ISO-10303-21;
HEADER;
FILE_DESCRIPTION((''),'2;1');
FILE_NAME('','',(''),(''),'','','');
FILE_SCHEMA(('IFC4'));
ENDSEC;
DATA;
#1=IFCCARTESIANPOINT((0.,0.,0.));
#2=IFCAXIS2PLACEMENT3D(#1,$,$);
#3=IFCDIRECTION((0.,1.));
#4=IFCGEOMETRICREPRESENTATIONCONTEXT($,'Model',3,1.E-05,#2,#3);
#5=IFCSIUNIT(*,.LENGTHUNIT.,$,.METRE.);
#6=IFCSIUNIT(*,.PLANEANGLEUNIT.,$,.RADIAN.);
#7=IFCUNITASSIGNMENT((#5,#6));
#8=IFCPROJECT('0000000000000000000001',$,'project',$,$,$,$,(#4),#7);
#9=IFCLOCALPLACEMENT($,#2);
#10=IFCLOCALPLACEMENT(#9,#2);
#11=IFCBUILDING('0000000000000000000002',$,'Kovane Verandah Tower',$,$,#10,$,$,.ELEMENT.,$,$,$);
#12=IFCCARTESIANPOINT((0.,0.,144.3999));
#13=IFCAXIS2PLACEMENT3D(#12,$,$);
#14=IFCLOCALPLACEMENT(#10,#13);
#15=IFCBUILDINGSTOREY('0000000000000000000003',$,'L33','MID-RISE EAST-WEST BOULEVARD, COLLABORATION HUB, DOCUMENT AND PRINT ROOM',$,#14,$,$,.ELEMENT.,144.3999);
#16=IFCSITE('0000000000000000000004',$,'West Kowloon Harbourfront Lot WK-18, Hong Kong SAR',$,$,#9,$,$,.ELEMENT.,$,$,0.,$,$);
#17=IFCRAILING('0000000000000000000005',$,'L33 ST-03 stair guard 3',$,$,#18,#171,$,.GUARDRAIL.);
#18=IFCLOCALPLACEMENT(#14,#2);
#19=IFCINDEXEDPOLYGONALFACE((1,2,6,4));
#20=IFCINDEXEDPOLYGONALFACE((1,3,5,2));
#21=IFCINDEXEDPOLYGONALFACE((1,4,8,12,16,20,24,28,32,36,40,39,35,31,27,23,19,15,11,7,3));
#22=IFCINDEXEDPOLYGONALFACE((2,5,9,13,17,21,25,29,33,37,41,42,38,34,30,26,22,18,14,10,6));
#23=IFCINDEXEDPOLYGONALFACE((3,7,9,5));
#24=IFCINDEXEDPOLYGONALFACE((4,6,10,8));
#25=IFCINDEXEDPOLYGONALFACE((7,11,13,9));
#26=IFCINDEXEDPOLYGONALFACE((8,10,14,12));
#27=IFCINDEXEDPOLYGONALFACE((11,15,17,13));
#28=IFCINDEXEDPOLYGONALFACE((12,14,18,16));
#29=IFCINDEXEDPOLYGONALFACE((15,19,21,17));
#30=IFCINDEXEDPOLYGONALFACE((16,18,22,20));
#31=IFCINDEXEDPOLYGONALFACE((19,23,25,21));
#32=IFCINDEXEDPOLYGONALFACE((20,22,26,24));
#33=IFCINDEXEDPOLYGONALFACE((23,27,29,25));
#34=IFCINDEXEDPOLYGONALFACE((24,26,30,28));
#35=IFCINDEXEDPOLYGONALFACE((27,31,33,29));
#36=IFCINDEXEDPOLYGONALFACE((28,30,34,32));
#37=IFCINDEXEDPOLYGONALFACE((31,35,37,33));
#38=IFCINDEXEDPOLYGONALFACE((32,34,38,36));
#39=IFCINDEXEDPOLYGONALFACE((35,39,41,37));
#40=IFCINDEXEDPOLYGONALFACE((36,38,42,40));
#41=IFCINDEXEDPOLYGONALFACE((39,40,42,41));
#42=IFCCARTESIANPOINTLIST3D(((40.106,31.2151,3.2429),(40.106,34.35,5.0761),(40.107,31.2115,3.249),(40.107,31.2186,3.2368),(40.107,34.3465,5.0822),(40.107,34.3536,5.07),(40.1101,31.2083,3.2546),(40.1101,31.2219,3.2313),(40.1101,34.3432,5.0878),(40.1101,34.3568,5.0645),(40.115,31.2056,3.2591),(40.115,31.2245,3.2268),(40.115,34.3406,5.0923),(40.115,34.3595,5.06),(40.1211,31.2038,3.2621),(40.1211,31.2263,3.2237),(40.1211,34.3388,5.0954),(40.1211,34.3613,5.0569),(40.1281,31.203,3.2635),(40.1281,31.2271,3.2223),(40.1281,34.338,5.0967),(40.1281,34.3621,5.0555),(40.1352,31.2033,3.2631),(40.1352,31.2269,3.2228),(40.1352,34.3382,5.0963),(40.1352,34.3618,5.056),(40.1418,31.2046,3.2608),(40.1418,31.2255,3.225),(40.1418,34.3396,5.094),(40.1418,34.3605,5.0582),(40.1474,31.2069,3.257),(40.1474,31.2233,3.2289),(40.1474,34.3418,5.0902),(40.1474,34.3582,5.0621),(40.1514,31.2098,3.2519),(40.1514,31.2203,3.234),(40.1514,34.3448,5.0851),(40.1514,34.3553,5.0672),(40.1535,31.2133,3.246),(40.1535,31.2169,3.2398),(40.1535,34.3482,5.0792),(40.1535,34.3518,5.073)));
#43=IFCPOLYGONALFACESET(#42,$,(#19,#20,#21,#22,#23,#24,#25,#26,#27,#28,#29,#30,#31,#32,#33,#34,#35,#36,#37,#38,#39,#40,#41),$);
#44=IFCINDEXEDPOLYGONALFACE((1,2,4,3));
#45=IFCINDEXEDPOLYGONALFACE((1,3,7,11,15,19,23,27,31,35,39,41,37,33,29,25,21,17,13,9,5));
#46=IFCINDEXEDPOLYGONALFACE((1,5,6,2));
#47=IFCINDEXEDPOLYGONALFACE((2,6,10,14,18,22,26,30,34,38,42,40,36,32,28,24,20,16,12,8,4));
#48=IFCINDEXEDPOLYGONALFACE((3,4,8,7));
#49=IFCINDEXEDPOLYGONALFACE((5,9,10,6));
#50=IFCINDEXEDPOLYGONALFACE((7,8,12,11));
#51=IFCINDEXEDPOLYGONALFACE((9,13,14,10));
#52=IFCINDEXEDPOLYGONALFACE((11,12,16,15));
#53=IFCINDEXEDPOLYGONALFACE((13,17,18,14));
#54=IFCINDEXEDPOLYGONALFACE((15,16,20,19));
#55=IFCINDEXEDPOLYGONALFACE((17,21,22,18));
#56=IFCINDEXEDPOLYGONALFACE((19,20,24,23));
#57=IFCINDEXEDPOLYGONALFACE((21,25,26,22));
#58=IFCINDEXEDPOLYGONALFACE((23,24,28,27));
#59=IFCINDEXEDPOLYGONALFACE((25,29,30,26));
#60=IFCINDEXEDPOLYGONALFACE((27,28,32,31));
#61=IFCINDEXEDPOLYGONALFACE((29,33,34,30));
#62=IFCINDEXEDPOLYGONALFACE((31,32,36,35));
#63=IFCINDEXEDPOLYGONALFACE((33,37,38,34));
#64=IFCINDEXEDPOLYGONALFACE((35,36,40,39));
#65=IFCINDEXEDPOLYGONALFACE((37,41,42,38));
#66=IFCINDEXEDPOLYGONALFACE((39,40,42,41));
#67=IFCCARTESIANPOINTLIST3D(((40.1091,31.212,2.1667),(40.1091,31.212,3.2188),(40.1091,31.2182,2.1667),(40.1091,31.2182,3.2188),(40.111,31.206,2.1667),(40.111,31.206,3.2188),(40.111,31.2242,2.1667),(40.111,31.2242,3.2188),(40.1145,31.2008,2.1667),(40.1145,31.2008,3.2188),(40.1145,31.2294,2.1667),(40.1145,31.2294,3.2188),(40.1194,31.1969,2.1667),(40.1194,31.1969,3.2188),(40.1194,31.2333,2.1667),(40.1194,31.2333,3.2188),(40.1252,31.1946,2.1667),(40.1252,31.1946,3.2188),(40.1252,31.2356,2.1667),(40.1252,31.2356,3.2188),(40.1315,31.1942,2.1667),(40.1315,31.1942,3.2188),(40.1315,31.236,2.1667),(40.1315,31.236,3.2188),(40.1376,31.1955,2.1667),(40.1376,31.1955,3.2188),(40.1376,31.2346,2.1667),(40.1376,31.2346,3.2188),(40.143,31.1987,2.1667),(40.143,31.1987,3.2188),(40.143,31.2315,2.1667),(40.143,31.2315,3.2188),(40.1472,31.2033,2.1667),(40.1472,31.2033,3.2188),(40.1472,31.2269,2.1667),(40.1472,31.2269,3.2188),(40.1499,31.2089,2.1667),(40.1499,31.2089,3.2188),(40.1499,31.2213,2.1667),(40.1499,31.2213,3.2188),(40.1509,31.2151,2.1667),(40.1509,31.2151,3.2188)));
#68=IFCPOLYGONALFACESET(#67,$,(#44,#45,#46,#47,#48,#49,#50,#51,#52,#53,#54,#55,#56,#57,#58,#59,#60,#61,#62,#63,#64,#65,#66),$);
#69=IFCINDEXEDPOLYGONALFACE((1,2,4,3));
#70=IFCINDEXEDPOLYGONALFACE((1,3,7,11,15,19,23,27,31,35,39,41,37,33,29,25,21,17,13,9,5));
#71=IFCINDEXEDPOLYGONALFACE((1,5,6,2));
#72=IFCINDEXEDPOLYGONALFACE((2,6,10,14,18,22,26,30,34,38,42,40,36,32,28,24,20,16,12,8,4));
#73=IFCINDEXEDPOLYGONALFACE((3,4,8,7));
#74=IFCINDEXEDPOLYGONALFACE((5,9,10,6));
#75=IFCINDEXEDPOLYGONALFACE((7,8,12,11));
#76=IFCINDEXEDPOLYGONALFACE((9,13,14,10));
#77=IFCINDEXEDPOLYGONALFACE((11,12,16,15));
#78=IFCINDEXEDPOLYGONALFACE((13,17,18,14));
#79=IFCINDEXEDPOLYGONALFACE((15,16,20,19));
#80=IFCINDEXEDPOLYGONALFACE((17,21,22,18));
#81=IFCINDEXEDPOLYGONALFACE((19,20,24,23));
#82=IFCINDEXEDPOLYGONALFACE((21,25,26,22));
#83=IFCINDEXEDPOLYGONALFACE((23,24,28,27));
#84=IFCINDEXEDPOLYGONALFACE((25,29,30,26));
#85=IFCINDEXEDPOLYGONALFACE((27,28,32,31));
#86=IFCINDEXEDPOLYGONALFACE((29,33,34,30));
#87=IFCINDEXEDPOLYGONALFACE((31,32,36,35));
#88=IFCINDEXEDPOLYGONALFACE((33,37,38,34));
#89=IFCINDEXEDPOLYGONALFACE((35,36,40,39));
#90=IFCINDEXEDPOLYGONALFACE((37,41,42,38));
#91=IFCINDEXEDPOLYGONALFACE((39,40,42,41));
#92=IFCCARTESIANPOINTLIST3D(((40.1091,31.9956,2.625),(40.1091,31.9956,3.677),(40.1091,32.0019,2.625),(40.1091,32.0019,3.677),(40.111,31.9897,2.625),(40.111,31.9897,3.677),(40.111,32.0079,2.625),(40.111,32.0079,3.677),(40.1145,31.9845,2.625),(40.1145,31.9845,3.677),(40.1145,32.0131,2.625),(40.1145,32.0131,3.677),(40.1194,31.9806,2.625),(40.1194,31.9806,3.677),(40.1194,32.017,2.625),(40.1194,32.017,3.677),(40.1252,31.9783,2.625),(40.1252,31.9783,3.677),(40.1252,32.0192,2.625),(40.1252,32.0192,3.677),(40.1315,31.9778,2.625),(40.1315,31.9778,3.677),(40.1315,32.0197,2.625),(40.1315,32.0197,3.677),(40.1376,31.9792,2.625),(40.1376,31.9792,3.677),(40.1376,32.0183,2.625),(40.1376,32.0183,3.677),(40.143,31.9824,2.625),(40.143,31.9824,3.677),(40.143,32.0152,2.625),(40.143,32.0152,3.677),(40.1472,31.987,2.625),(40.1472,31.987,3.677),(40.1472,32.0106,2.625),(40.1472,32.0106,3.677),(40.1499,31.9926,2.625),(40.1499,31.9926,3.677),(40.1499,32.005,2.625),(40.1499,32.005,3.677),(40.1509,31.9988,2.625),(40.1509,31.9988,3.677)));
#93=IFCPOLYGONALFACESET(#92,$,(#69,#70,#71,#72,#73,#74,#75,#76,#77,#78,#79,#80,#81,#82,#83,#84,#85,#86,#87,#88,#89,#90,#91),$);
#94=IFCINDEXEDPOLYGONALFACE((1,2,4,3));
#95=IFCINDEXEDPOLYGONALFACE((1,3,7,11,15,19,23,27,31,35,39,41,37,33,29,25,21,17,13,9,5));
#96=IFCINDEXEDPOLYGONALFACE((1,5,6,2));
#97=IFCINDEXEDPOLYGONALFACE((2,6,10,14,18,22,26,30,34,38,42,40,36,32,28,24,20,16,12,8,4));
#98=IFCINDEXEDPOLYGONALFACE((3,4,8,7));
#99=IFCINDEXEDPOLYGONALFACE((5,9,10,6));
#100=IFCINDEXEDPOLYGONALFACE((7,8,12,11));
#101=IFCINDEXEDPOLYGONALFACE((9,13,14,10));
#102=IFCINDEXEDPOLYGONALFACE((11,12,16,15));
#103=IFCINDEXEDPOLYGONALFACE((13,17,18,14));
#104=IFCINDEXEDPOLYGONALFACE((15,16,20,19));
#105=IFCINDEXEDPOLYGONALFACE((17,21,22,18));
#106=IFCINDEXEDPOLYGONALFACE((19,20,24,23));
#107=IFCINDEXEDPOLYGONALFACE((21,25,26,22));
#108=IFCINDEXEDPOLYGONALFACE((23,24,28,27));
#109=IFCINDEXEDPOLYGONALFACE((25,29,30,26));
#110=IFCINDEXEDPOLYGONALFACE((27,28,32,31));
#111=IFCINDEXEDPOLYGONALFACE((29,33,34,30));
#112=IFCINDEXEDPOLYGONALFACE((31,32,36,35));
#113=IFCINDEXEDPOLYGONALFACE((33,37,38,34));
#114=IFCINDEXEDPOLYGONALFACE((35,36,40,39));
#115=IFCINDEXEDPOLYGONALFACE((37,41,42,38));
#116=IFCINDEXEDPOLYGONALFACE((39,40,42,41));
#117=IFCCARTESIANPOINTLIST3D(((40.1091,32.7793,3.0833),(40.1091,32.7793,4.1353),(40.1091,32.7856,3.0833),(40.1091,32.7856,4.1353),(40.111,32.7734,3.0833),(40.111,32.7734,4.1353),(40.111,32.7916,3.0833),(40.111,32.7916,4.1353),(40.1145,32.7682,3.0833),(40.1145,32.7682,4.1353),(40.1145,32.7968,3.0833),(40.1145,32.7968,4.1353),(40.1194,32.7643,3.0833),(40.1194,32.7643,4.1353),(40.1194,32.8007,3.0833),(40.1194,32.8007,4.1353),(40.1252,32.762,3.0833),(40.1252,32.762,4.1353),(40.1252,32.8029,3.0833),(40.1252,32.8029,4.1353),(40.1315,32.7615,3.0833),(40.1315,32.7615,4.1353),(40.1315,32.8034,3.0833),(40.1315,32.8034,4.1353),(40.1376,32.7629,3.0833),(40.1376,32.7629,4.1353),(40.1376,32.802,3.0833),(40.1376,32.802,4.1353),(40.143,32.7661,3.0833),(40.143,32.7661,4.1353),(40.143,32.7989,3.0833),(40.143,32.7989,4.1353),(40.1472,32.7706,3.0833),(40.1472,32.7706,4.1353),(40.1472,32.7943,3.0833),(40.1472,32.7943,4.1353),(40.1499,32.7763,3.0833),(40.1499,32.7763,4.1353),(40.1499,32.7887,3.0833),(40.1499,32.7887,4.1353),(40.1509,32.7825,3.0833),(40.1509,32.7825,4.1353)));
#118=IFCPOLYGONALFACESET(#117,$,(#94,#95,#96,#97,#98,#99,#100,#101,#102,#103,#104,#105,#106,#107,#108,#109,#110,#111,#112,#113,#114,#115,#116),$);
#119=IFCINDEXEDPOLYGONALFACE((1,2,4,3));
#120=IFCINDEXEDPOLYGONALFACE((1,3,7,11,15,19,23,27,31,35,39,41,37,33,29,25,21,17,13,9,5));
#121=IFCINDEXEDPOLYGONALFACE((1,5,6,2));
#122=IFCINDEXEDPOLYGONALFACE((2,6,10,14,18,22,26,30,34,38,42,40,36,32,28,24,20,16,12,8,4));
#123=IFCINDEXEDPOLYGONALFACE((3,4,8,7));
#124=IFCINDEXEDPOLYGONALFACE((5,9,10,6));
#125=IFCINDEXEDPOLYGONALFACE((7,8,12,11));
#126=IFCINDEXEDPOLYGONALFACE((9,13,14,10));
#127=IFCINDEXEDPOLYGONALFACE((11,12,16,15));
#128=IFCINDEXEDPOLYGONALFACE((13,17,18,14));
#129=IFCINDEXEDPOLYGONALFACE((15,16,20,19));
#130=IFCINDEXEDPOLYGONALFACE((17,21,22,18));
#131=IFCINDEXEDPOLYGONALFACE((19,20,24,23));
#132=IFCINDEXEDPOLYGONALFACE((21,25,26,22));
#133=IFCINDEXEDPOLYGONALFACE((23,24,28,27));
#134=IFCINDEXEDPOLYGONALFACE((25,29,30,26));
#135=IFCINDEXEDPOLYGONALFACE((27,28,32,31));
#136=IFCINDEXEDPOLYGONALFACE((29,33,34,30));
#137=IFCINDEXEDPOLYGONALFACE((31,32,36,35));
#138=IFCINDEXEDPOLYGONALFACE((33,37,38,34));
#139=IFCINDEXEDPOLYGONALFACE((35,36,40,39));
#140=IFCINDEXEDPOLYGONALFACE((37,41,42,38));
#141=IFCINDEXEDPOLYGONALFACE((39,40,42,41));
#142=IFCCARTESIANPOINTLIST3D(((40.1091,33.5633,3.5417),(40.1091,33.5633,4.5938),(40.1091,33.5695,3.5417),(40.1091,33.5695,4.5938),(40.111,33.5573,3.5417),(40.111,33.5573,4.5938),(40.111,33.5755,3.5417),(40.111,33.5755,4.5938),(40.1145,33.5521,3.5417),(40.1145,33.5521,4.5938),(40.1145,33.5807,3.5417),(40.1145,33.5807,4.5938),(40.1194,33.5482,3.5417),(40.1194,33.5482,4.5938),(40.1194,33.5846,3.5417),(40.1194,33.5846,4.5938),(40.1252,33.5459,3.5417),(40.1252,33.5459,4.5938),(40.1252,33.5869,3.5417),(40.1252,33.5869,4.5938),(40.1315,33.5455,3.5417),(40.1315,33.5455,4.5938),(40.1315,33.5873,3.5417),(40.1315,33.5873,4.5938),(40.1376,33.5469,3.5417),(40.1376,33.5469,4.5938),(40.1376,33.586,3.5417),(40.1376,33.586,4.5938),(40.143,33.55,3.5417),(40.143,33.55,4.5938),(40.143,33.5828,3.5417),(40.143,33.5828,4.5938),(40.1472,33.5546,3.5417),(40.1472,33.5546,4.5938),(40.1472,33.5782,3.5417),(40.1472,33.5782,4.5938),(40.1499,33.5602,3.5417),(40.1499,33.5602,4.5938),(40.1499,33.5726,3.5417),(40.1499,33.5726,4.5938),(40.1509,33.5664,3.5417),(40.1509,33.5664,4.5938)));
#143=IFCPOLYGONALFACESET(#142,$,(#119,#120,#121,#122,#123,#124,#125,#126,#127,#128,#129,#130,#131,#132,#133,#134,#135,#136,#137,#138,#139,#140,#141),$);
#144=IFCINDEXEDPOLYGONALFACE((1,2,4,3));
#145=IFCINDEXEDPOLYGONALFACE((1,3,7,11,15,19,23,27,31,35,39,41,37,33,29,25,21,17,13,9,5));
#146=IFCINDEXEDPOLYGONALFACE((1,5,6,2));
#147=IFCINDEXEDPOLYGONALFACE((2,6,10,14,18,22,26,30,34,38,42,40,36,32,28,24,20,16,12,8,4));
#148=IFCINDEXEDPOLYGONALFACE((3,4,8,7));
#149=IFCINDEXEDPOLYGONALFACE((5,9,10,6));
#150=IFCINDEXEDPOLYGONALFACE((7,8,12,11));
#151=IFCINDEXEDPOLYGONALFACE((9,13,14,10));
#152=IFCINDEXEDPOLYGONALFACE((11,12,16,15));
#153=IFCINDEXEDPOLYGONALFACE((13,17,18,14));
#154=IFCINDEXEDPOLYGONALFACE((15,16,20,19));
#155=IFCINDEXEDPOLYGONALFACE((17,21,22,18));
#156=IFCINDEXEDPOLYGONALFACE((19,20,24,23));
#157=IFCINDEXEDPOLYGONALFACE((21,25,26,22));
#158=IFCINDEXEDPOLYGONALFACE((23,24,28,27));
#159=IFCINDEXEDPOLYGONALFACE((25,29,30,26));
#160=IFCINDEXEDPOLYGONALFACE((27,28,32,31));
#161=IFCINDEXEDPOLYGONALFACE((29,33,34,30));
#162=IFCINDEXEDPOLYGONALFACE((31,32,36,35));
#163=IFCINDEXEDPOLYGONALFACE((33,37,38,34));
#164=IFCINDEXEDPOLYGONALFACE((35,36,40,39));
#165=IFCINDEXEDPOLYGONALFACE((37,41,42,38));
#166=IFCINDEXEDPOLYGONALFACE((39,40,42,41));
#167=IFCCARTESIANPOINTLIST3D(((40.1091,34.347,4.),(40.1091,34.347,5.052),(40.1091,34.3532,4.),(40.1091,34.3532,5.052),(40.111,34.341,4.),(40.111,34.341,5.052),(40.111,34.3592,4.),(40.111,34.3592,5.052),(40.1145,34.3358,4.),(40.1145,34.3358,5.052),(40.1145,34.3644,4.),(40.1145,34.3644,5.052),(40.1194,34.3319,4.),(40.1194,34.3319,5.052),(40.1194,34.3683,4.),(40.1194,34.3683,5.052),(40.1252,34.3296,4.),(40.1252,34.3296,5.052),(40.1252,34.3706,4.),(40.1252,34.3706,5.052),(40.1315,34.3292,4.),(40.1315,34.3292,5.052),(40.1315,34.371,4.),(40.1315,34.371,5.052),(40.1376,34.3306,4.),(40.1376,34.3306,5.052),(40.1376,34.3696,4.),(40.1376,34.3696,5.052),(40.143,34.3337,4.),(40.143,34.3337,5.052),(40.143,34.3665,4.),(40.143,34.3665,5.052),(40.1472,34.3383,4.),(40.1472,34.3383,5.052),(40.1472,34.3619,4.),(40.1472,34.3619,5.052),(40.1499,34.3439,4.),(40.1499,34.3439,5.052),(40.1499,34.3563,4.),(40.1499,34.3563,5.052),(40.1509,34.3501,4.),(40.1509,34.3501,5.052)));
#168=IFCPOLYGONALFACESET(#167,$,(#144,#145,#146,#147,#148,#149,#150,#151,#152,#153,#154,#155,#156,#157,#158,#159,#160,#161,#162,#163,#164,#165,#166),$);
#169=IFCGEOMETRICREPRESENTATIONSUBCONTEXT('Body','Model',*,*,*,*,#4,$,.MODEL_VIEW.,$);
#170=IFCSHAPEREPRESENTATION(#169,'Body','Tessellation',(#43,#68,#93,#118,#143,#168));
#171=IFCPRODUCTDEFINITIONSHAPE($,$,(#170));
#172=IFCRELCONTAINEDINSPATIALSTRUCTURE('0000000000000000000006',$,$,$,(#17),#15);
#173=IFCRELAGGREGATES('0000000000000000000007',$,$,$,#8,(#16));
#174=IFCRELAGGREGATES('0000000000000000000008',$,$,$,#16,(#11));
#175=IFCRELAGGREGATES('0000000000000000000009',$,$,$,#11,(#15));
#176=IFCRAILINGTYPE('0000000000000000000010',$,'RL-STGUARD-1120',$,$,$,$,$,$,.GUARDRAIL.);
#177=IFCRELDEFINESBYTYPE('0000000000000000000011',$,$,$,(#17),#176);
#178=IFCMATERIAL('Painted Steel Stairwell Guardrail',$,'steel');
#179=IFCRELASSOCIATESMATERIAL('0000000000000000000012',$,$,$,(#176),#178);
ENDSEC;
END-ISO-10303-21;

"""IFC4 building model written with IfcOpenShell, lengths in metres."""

from ifc_helpers import new_model, si_unit, direction, frame, origin, origin_2d, place, context, subcontext, project, spatial, circle, extrude, material, type_object, element, save


model = new_model("IFC4")

# Units and contexts
model_context = context("Model", 3, precision=1e-05, world=origin(), true_north=direction((0.0, 1.0)))
body_context = subcontext(model_context, "Body", "Model", "MODEL_VIEW")
ifc_project = project(units=[si_unit("LENGTHUNIT", "METRE"), si_unit("PLANEANGLEUNIT", "RADIAN")], contexts=[model_context])

# Site, building, storey
site_placement = place(None, origin())
site = spatial("IfcSite", under=ifc_project, at=site_placement, Name="West Kowloon Harbourfront Lot WK-18, Hong Kong SAR", CompositionType="ELEMENT", RefElevation=0.0)
building_placement = place(site_placement, origin())
building = spatial("IfcBuilding", under=site, at=building_placement, Name="Kovane Verandah Tower", CompositionType="ELEMENT")
storey_placement = place(building_placement, frame((0.0, 0.0, 144.3999)))
storey = spatial("IfcBuildingStorey", under=building, at=storey_placement, Name="L33", Description="MID-RISE EAST-WEST BOULEVARD, COLLABORATION HUB, DOCUMENT AND PRINT ROOM", CompositionType="ELEMENT", Elevation=144.3999)

# Railing
ifc_material_1 = material(Name="Painted Steel Stairwell Guardrail", Category="steel")
railing_type_1 = type_object("IfcRailingType", Name="RL-STGUARD-1120", PredefinedType="GUARDRAIL", material=ifc_material_1)
railing_1_placement = place(storey_placement, frame((40.1299, 31.2151, 2.1667)))
element("IfcRailing", 1, at=railing_1_placement, inside=storey, type_object=railing_type_1, Name="L33 ST-03 stair guard 3", PredefinedType="GUARDRAIL", context=body_context, shape_type="SweptSolid", body=[
    extrude(circle(Radius=0.0239, at=origin_2d()), frame((0.0, 0.0, 1.0762), z_axis=(0.0, 0.86324, 0.504794), x_axis=(-1.0, 0.0, 0.0)), (0.0, 0.0, 1.0), 3.6316),
    extrude(circle(Radius=0.021, at=origin_2d()), origin(), (0.0, 0.0, 1.0), 1.052),
    extrude(circle(Radius=0.021, at=origin_2d()), frame((0.0, 0.7837, 0.4583)), (0.0, 0.0, 1.0), 1.052),
    extrude(circle(Radius=0.021, at=origin_2d()), frame((0.0, 1.5674, 0.9165)), (0.0, 0.0, 1.0), 1.052),
    extrude(circle(Radius=0.021, at=origin_2d()), frame((0.0, 2.3513, 1.375)), (0.0, 0.0, 1.0), 1.052),
    extrude(circle(Radius=0.021, at=origin_2d()), frame((0.0, 3.135, 1.8333)), (0.0, 0.0, 1.0), 1.052),
])

save(model, "model.ifc")
